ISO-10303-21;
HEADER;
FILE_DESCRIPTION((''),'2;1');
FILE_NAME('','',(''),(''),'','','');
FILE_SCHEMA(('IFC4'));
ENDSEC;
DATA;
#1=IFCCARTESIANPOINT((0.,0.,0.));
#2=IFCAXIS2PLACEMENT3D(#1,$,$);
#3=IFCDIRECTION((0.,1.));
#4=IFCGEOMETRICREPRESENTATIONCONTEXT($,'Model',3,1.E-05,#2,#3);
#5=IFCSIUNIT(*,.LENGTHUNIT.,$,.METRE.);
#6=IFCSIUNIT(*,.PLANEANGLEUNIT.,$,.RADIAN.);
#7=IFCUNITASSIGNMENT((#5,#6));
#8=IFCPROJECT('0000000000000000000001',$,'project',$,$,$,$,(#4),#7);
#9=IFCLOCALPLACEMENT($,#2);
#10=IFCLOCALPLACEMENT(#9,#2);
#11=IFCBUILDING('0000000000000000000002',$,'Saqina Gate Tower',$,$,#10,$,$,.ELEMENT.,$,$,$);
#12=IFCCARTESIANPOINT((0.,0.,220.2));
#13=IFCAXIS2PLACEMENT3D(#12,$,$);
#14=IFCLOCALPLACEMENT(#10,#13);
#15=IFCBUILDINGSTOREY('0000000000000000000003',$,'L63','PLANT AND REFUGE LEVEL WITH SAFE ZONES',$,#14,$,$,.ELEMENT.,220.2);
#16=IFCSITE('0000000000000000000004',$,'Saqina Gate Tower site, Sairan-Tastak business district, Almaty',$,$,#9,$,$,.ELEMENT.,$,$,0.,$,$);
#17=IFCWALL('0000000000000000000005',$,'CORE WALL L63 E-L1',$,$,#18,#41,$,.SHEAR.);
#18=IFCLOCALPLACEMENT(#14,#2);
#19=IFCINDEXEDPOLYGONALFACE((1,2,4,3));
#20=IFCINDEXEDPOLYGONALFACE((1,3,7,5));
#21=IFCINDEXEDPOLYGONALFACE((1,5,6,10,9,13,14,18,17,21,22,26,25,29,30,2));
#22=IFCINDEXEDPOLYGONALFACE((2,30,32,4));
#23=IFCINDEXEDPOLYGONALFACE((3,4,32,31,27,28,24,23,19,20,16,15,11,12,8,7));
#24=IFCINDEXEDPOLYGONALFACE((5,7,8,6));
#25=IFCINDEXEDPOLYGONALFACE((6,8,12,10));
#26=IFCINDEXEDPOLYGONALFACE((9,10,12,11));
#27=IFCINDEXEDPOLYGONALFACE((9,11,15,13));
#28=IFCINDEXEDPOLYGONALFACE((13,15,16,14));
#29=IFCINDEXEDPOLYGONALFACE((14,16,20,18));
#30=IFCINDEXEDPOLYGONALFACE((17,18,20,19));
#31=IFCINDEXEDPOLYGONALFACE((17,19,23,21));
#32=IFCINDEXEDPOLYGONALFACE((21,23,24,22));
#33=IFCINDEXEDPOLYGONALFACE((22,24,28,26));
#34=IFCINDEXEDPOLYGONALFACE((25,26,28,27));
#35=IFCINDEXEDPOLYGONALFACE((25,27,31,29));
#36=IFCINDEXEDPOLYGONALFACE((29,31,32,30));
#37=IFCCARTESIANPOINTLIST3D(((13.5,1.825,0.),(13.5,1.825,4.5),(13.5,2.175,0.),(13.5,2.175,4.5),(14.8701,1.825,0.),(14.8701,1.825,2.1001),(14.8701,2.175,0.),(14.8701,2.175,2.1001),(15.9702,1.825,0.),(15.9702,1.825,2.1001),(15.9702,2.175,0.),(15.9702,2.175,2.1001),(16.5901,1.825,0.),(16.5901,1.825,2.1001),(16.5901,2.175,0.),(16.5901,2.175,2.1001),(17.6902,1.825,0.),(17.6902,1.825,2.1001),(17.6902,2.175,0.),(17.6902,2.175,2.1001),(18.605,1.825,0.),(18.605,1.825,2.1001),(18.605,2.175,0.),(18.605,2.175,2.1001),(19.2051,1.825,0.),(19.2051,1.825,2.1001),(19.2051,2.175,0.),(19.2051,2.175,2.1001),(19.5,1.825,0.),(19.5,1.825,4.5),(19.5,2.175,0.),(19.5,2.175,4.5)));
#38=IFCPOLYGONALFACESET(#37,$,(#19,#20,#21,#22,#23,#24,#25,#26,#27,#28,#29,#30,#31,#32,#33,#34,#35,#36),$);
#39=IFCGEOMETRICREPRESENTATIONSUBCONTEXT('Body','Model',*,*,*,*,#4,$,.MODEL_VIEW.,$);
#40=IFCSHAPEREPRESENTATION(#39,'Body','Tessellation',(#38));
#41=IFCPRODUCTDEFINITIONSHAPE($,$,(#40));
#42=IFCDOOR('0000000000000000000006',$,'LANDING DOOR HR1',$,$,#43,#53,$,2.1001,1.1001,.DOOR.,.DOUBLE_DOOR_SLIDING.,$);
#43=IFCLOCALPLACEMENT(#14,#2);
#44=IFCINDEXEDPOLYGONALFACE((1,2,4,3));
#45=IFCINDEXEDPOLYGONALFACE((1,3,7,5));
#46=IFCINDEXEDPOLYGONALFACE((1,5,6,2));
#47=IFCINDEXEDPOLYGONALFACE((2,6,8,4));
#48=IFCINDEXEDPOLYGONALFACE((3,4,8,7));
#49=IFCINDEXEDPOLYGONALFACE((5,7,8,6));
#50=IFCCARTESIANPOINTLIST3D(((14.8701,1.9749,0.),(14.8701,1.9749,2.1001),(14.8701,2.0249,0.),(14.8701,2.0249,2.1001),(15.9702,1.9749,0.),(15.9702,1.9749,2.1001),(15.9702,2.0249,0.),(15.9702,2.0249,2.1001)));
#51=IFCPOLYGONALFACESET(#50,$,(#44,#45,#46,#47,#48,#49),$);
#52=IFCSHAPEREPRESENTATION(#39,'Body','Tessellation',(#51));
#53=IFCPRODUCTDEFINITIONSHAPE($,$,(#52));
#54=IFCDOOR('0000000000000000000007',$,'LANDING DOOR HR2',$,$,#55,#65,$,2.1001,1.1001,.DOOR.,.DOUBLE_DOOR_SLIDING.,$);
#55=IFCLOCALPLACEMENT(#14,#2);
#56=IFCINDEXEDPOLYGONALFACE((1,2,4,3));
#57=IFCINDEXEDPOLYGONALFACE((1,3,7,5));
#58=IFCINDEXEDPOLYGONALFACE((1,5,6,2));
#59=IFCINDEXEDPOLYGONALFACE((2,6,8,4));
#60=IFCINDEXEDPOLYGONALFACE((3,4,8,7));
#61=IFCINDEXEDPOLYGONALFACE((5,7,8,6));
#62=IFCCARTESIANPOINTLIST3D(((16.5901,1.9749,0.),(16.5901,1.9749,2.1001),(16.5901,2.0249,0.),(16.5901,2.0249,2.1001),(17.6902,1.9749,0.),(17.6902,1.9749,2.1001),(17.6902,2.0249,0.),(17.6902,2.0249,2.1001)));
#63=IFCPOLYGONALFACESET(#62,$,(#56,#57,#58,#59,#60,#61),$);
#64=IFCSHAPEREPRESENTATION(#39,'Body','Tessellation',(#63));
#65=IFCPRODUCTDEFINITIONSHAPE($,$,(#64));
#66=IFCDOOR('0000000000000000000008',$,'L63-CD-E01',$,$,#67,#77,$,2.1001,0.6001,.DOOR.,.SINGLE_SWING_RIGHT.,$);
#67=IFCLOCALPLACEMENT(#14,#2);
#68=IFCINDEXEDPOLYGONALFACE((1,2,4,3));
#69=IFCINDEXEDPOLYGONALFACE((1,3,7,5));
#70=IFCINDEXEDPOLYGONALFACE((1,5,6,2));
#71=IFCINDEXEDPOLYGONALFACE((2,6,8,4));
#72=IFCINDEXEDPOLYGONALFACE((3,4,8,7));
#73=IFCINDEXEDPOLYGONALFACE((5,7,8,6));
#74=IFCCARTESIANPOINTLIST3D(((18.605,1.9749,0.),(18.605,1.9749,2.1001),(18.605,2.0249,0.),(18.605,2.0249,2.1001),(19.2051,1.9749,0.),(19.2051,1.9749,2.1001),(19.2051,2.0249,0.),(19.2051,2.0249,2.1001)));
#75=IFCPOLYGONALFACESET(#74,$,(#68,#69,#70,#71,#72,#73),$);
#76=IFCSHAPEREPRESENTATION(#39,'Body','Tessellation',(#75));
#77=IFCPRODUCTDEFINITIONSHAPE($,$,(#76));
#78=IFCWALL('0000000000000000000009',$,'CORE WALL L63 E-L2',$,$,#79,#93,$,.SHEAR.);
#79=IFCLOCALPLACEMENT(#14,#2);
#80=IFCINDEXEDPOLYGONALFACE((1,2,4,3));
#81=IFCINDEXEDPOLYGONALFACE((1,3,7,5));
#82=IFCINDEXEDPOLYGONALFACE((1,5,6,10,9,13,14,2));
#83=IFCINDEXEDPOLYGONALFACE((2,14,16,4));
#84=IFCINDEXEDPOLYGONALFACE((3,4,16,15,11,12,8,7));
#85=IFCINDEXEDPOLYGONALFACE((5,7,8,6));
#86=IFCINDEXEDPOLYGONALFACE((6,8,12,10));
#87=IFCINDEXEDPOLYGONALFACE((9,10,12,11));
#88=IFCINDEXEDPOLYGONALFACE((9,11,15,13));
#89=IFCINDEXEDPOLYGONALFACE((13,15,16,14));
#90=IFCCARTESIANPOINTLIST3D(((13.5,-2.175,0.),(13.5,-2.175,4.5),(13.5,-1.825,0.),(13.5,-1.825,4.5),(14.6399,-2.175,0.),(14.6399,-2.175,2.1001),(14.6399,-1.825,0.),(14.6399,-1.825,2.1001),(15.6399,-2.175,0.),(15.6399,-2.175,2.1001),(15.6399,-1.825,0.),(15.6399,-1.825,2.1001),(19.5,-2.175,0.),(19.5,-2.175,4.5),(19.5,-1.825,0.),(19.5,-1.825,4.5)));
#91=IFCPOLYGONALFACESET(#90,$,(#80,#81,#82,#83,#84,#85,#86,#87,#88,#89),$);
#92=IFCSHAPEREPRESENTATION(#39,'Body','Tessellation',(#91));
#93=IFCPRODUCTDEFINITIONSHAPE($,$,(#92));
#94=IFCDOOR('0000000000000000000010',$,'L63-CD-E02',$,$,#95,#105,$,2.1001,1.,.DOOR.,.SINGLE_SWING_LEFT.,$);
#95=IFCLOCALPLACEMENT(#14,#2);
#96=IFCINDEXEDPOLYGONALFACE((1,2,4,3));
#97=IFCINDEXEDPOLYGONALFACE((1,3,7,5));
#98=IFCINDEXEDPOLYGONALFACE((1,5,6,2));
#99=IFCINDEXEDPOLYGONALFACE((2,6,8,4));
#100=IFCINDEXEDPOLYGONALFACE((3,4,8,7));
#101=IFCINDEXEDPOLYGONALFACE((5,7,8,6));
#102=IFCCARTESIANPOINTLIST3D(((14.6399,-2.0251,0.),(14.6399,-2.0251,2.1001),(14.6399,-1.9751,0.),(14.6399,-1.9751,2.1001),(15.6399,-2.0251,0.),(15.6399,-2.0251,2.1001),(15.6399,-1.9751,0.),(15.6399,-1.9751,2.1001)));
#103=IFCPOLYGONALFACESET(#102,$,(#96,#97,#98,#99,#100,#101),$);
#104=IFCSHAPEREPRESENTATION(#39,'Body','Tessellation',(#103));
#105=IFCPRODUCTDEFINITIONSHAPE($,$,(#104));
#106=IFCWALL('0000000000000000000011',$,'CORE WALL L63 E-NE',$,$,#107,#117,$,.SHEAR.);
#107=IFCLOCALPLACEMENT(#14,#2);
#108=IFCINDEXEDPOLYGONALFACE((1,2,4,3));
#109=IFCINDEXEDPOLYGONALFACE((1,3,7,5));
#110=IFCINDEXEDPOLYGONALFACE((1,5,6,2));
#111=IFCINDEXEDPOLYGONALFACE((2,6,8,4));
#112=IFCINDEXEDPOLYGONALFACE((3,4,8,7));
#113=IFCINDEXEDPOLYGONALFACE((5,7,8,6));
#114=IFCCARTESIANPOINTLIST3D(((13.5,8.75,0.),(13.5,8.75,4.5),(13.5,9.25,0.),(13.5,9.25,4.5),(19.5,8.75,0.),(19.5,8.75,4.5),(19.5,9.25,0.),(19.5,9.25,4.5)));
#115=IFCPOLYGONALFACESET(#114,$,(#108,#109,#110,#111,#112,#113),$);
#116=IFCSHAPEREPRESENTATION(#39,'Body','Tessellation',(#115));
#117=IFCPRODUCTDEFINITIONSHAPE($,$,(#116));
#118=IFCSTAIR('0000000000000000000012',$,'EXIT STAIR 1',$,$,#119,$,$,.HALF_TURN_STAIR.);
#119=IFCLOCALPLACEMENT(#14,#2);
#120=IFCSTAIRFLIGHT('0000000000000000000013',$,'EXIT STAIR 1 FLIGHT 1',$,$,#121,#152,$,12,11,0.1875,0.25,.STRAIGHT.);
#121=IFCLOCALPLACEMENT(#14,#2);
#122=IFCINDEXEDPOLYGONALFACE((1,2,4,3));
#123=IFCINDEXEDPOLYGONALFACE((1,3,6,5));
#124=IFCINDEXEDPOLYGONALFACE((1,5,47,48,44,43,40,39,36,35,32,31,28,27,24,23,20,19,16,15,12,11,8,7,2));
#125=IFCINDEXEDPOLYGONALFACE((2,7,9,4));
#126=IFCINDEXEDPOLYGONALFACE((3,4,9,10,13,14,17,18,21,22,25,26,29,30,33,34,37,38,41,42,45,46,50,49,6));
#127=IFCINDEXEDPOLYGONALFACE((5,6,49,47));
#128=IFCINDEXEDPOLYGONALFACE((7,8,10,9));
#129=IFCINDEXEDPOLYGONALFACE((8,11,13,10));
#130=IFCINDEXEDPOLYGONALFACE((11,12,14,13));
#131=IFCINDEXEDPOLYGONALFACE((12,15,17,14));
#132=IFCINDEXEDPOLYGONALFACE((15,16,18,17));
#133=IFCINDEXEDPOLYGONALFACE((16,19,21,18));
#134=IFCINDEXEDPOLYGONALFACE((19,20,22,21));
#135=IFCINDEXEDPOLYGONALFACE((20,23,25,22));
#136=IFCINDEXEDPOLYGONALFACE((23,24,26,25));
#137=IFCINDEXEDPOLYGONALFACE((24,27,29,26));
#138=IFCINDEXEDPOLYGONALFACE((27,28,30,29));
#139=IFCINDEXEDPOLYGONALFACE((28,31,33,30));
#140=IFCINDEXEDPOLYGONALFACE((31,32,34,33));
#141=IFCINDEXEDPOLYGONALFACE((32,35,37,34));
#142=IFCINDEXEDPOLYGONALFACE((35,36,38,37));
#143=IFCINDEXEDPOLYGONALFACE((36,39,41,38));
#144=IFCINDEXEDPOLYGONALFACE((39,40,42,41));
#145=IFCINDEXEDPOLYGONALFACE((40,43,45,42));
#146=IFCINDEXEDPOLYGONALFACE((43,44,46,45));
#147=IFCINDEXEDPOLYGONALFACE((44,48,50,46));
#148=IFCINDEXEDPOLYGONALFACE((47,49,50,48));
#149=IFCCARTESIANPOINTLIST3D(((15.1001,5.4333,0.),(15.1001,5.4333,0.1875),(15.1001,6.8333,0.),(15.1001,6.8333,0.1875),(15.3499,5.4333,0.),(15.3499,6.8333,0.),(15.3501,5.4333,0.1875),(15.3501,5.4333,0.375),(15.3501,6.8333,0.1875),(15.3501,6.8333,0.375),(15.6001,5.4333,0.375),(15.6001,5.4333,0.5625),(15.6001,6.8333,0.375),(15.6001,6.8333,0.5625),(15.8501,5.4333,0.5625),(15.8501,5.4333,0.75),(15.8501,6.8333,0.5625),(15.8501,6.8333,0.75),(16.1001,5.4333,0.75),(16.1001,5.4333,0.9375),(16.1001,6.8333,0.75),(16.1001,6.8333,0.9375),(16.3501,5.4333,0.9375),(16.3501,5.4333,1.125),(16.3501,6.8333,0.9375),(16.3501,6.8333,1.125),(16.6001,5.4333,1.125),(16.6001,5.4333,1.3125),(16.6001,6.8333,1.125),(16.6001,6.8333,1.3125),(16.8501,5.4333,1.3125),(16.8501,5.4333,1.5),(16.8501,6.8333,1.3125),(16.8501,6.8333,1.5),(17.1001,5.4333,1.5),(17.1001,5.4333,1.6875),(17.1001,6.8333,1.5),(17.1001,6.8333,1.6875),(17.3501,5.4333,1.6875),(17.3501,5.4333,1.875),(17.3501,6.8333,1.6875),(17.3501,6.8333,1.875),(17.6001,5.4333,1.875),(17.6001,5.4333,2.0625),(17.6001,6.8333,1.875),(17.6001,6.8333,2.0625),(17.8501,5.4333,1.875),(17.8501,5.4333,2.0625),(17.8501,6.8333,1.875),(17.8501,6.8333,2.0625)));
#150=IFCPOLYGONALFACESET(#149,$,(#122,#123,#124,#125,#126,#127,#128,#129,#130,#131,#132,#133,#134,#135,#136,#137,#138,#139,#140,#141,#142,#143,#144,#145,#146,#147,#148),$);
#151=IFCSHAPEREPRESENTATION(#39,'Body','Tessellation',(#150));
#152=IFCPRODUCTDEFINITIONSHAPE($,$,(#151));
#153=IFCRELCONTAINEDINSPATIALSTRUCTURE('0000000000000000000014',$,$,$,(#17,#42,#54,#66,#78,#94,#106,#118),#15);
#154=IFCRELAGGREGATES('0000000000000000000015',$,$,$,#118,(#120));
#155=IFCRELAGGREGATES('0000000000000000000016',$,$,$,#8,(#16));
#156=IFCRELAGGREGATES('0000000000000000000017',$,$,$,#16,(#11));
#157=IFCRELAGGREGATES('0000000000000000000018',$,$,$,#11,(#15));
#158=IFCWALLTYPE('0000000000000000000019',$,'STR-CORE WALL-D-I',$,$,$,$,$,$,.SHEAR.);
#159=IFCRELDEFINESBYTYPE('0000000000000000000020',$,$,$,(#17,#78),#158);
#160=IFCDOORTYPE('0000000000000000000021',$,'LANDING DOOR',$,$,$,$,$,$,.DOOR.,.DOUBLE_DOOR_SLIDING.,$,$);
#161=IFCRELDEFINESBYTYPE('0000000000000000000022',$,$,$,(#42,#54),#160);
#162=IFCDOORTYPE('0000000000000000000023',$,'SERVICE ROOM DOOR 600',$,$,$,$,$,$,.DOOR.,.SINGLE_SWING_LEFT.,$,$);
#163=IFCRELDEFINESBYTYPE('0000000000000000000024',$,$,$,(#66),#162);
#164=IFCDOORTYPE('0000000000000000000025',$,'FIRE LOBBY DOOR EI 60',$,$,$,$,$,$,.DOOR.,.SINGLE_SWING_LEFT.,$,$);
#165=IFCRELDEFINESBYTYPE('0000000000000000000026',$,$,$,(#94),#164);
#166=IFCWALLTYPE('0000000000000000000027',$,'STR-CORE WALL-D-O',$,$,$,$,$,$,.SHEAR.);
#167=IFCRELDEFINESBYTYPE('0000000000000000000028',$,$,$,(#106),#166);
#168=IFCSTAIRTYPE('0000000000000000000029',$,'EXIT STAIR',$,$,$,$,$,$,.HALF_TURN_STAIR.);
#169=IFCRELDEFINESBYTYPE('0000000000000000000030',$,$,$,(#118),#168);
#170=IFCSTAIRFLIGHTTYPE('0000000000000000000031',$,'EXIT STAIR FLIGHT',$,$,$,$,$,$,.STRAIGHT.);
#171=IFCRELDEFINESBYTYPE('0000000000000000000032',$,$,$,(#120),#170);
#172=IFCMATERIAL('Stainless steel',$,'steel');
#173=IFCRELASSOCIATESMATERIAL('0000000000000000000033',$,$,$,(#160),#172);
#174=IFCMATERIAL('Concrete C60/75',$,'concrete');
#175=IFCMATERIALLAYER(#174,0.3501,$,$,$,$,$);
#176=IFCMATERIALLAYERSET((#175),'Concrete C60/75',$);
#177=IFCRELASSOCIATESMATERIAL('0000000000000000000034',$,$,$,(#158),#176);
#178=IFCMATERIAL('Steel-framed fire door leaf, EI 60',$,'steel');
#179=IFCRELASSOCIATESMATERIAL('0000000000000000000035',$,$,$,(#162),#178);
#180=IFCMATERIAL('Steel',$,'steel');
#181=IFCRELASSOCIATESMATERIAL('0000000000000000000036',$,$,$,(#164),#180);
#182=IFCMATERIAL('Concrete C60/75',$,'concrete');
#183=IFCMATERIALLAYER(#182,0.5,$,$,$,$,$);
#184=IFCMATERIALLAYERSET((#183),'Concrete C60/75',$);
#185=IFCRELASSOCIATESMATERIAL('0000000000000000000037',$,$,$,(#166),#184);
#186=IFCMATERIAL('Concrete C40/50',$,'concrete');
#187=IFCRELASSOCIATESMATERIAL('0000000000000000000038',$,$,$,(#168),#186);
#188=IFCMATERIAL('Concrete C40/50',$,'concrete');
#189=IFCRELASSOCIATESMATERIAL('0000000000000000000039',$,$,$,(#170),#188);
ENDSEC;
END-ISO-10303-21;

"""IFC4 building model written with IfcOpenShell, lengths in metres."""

from ifc_helpers import new_model, si_unit, direction, frame, frame_2d, origin, place, context, subcontext, project, spatial, polyline, rectangle, outline, extrude, material, layer, layer_set, type_object, element, fill, aggregate, save


model = new_model("IFC4")

# Units and contexts
model_context = context("Model", 3, precision=1e-05, world=origin(), true_north=direction((0.0, 1.0)))
body_context = subcontext(model_context, "Body", "Model", "MODEL_VIEW")
ifc_project = project(units=[si_unit("LENGTHUNIT", "METRE"), si_unit("PLANEANGLEUNIT", "RADIAN")], contexts=[model_context])

# Site, building, storey
site_placement = place(None, origin())
site = spatial("IfcSite", under=ifc_project, at=site_placement, Name="Saqina Gate Tower site, Sairan-Tastak business district, Almaty", CompositionType="ELEMENT", RefElevation=0.0)
building_placement = place(site_placement, origin())
building = spatial("IfcBuilding", under=site, at=building_placement, Name="Saqina Gate Tower", CompositionType="ELEMENT")
storey_placement = place(building_placement, frame((0.0, 0.0, 220.2)))
storey = spatial("IfcBuildingStorey", under=building, at=storey_placement, Name="L63", Description="PLANT AND REFUGE LEVEL WITH SAFE ZONES", CompositionType="ELEMENT", Elevation=220.2)

# Shared definitions
ifc_material_1 = material(Name="Stainless steel", Category="steel")
door_type_1 = type_object("IfcDoorType", Name="LANDING DOOR", OperationType="DOUBLE_DOOR_SLIDING", PredefinedType="DOOR", material=ifc_material_1)

# Shared definitions
ifc_material_2 = material(Name="Concrete C60/75", Category="concrete")
ifc_layer_1 = layer(ifc_material_2, 0.3501)
ifc_layer_set_1 = layer_set([ifc_layer_1], Name="Concrete C60/75")
wall_type_1 = type_object("IfcWallType", Name="STR-CORE WALL-D-I", PredefinedType="SHEAR", material=ifc_layer_set_1)

# Wall, openings, doors
wall_1_placement = place(storey_placement, frame((13.5, 2.0, 0.0), z_axis=(0.0, 0.0, 1.0), x_axis=(1.0, 0.0, 0.0)))
wall_1 = element("IfcWall", 1, at=wall_1_placement, inside=storey, type_object=wall_type_1, Name="CORE WALL L63 E-L1", PredefinedType="SHEAR", context=body_context, shape_type="SweptSolid", body=[
    extrude(rectangle(XDim=6.0, YDim=0.3501, at=frame_2d((3.0, 0.0))), origin(), (0.0, 0.0, 1.0), 4.5),
])
opening_1_placement = place(wall_1_placement, frame((1.3701, 0.0, 0.0)))
opening_1 = element("IfcOpeningElement", 2, at=opening_1_placement, cuts=wall_1, PredefinedType="OPENING", context=body_context, shape_type="SweptSolid", body=[
    extrude(rectangle(XDim=1.1001, YDim=2.1001, at=frame_2d((0.55, 1.05))), frame((0.0, 0.187, 0.0), z_axis=(0.0, -1.0, 0.0), x_axis=(1.0, 0.0, 0.0)), (0.0, 0.0, 1.0), 0.374),
])
opening_2_placement = place(wall_1_placement, frame((3.0901, 0.0, 0.0)))
opening_2 = element("IfcOpeningElement", 3, at=opening_2_placement, cuts=wall_1, PredefinedType="OPENING", context=body_context, shape_type="SweptSolid", body=[
    extrude(rectangle(XDim=1.1001, YDim=2.1001, at=frame_2d((0.55, 1.05))), frame((0.0, 0.187, 0.0), z_axis=(0.0, -1.0, 0.0), x_axis=(1.0, 0.0, 0.0)), (0.0, 0.0, 1.0), 0.374),
])
opening_3_placement = place(wall_1_placement, frame((5.105, 0.0, 0.0)))
opening_3 = element("IfcOpeningElement", 4, at=opening_3_placement, cuts=wall_1, PredefinedType="OPENING", context=body_context, shape_type="SweptSolid", body=[
    extrude(rectangle(XDim=0.6001, YDim=2.1001, at=frame_2d((0.3, 1.05))), frame((0.0, 0.187, 0.0), z_axis=(0.0, -1.0, 0.0), x_axis=(1.0, 0.0, 0.0)), (0.0, 0.0, 1.0), 0.374),
])
door_1_placement = place(opening_1_placement, origin())
door_1 = element("IfcDoor", 5, at=door_1_placement, inside=storey, type_object=door_type_1, Name="LANDING DOOR HR1", OperationType="DOUBLE_DOOR_SLIDING", OverallHeight=2.1001, OverallWidth=1.1001, PredefinedType="DOOR", context=body_context, shape_type="SweptSolid", body=[
    extrude(rectangle(XDim=1.1001, YDim=2.1001, at=frame_2d((0.55, 1.05))), frame((0.0, 0.0249, 0.0), z_axis=(0.0, -1.0, 0.0), x_axis=(1.0, 0.0, 0.0)), (0.0, 0.0, 1.0), 0.05),
])
fill(opening_1, door_1)
door_2_placement = place(opening_2_placement, origin())
door_2 = element("IfcDoor", 6, at=door_2_placement, inside=storey, type_object=door_type_1, Name="LANDING DOOR HR2", OperationType="DOUBLE_DOOR_SLIDING", OverallHeight=2.1001, OverallWidth=1.1001, PredefinedType="DOOR", context=body_context, shape_type="SweptSolid", body=[
    extrude(rectangle(XDim=1.1001, YDim=2.1001, at=frame_2d((0.55, 1.05))), frame((0.0, 0.0249, 0.0), z_axis=(0.0, -1.0, 0.0), x_axis=(1.0, 0.0, 0.0)), (0.0, 0.0, 1.0), 0.05),
])
fill(opening_2, door_2)
ifc_material_3 = material(Name="Steel-framed fire door leaf, EI 60", Category="steel")
door_type_2 = type_object("IfcDoorType", Name="SERVICE ROOM DOOR 600", OperationType="SINGLE_SWING_LEFT", PredefinedType="DOOR", material=ifc_material_3)
door_3_placement = place(opening_3_placement, origin())
door_3 = element("IfcDoor", 7, at=door_3_placement, inside=storey, type_object=door_type_2, Name="L63-CD-E01", OperationType="SINGLE_SWING_RIGHT", OverallHeight=2.1001, OverallWidth=0.6001, PredefinedType="DOOR", context=body_context, shape_type="SweptSolid", body=[
    extrude(rectangle(XDim=0.6001, YDim=2.1001, at=frame_2d((0.3, 1.05))), frame((0.0, 0.0249, 0.0), z_axis=(0.0, -1.0, 0.0), x_axis=(1.0, 0.0, 0.0)), (0.0, 0.0, 1.0), 0.05),
])
fill(opening_3, door_3)

# Wall, opening, door
wall_2_placement = place(storey_placement, frame((13.5, -2.0, 0.0), z_axis=(0.0, 0.0, 1.0), x_axis=(1.0, 0.0, 0.0)))
wall_2 = element("IfcWall", 8, at=wall_2_placement, inside=storey, type_object=wall_type_1, Name="CORE WALL L63 E-L2", PredefinedType="SHEAR", context=body_context, shape_type="SweptSolid", body=[
    extrude(rectangle(XDim=6.0, YDim=0.3501, at=frame_2d((3.0, 0.0))), origin(), (0.0, 0.0, 1.0), 4.5),
])
opening_4_placement = place(wall_2_placement, frame((1.1399, 0.0, 0.0)))
opening_4 = element("IfcOpeningElement", 9, at=opening_4_placement, cuts=wall_2, PredefinedType="OPENING", context=body_context, shape_type="SweptSolid", body=[
    extrude(rectangle(XDim=1.0, YDim=2.1001, at=frame_2d((0.5, 1.05))), frame((0.0, 0.187, 0.0), z_axis=(0.0, -1.0, 0.0), x_axis=(1.0, 0.0, 0.0)), (0.0, 0.0, 1.0), 0.374),
])
ifc_material_4 = material(Name="Steel", Category="steel")
door_type_3 = type_object("IfcDoorType", Name="FIRE LOBBY DOOR EI 60", OperationType="SINGLE_SWING_LEFT", PredefinedType="DOOR", material=ifc_material_4)
door_4_placement = place(opening_4_placement, origin())
door_4 = element("IfcDoor", 10, at=door_4_placement, inside=storey, type_object=door_type_3, Name="L63-CD-E02", OperationType="SINGLE_SWING_LEFT", OverallHeight=2.1001, OverallWidth=1.0, PredefinedType="DOOR", context=body_context, shape_type="SweptSolid", body=[
    extrude(rectangle(XDim=1.0, YDim=2.1001, at=frame_2d((0.5, 1.05))), frame((0.0, 0.0249, 0.0), z_axis=(0.0, -1.0, 0.0), x_axis=(1.0, 0.0, 0.0)), (0.0, 0.0, 1.0), 0.05),
])
fill(opening_4, door_4)

# Wall
ifc_material_5 = material(Name="Concrete C60/75", Category="concrete")
ifc_layer_2 = layer(ifc_material_5, 0.5)
ifc_layer_set_2 = layer_set([ifc_layer_2], Name="Concrete C60/75")
wall_type_2 = type_object("IfcWallType", Name="STR-CORE WALL-D-O", PredefinedType="SHEAR", material=ifc_layer_set_2)
wall_3_placement = place(storey_placement, frame((13.5, 9.0, 0.0), z_axis=(0.0, 0.0, 1.0), x_axis=(1.0, 0.0, 0.0)))
element("IfcWall", 11, at=wall_3_placement, inside=storey, type_object=wall_type_2, Name="CORE WALL L63 E-NE", PredefinedType="SHEAR", context=body_context, shape_type="SweptSolid", body=[
    extrude(rectangle(XDim=6.0, YDim=0.5, at=frame_2d((3.0, 0.0))), origin(), (0.0, 0.0, 1.0), 4.5),
])

# Stair, stair flight
ifc_material_6 = material(Name="Concrete C40/50", Category="concrete")
stair_type = type_object("IfcStairType", Name="EXIT STAIR", PredefinedType="HALF_TURN_STAIR", material=ifc_material_6)
stair_1_placement = place(storey_placement, origin())
stair_1 = element("IfcStair", 12, at=stair_1_placement, inside=storey, type_object=stair_type, Name="EXIT STAIR 1", PredefinedType="HALF_TURN_STAIR")
ifc_material_7 = material(Name="Concrete C40/50", Category="concrete")
stair_flight_type = type_object("IfcStairFlightType", Name="EXIT STAIR FLIGHT", PredefinedType="STRAIGHT", material=ifc_material_7)
stair_flight_1_placement = place(storey_placement, frame((15.1001, 6.1333, 0.0), z_axis=(0.0, 0.0, 1.0), x_axis=(1.0, 0.0, 0.0)))
stair_flight_1 = element("IfcStairFlight", 13, at=stair_flight_1_placement, type_object=stair_flight_type, Name="EXIT STAIR 1 FLIGHT 1", NumberOfRisers=12, NumberOfTreads=11, PredefinedType="STRAIGHT", RiserHeight=0.1875, TreadLength=0.25, context=body_context, shape_type="SweptSolid", body=[
    extrude(outline(polyline([(0.0, 0.0), (0.0, 0.1875), (0.25, 0.1875), (0.25, 0.375), (0.5, 0.375), (0.5, 0.5625), (0.75, 0.5625), (0.75, 0.75), (1.0, 0.75), (1.0, 0.9375), (1.25, 0.9375), (1.25, 1.125), (1.5, 1.125), (1.5, 1.3125), (1.75, 1.3125), (1.75, 1.5), (2.0, 1.5), (2.0, 1.6875), (2.25, 1.6875), (2.25, 1.875), (2.5, 1.875), (2.5, 2.0625), (2.75, 2.0625), (2.75, 2.25), (2.75, 1.875), (0.2498, 0.0), (0.0, 0.0)])), frame((0.0, 0.7, 0.0), z_axis=(0.0, -1.0, 0.0), x_axis=(1.0, 0.0, 0.0)), (0.0, 0.0, 1.0), 1.3999),
])
aggregate(stair_1, [stair_flight_1])

save(model, "model.ifc")
